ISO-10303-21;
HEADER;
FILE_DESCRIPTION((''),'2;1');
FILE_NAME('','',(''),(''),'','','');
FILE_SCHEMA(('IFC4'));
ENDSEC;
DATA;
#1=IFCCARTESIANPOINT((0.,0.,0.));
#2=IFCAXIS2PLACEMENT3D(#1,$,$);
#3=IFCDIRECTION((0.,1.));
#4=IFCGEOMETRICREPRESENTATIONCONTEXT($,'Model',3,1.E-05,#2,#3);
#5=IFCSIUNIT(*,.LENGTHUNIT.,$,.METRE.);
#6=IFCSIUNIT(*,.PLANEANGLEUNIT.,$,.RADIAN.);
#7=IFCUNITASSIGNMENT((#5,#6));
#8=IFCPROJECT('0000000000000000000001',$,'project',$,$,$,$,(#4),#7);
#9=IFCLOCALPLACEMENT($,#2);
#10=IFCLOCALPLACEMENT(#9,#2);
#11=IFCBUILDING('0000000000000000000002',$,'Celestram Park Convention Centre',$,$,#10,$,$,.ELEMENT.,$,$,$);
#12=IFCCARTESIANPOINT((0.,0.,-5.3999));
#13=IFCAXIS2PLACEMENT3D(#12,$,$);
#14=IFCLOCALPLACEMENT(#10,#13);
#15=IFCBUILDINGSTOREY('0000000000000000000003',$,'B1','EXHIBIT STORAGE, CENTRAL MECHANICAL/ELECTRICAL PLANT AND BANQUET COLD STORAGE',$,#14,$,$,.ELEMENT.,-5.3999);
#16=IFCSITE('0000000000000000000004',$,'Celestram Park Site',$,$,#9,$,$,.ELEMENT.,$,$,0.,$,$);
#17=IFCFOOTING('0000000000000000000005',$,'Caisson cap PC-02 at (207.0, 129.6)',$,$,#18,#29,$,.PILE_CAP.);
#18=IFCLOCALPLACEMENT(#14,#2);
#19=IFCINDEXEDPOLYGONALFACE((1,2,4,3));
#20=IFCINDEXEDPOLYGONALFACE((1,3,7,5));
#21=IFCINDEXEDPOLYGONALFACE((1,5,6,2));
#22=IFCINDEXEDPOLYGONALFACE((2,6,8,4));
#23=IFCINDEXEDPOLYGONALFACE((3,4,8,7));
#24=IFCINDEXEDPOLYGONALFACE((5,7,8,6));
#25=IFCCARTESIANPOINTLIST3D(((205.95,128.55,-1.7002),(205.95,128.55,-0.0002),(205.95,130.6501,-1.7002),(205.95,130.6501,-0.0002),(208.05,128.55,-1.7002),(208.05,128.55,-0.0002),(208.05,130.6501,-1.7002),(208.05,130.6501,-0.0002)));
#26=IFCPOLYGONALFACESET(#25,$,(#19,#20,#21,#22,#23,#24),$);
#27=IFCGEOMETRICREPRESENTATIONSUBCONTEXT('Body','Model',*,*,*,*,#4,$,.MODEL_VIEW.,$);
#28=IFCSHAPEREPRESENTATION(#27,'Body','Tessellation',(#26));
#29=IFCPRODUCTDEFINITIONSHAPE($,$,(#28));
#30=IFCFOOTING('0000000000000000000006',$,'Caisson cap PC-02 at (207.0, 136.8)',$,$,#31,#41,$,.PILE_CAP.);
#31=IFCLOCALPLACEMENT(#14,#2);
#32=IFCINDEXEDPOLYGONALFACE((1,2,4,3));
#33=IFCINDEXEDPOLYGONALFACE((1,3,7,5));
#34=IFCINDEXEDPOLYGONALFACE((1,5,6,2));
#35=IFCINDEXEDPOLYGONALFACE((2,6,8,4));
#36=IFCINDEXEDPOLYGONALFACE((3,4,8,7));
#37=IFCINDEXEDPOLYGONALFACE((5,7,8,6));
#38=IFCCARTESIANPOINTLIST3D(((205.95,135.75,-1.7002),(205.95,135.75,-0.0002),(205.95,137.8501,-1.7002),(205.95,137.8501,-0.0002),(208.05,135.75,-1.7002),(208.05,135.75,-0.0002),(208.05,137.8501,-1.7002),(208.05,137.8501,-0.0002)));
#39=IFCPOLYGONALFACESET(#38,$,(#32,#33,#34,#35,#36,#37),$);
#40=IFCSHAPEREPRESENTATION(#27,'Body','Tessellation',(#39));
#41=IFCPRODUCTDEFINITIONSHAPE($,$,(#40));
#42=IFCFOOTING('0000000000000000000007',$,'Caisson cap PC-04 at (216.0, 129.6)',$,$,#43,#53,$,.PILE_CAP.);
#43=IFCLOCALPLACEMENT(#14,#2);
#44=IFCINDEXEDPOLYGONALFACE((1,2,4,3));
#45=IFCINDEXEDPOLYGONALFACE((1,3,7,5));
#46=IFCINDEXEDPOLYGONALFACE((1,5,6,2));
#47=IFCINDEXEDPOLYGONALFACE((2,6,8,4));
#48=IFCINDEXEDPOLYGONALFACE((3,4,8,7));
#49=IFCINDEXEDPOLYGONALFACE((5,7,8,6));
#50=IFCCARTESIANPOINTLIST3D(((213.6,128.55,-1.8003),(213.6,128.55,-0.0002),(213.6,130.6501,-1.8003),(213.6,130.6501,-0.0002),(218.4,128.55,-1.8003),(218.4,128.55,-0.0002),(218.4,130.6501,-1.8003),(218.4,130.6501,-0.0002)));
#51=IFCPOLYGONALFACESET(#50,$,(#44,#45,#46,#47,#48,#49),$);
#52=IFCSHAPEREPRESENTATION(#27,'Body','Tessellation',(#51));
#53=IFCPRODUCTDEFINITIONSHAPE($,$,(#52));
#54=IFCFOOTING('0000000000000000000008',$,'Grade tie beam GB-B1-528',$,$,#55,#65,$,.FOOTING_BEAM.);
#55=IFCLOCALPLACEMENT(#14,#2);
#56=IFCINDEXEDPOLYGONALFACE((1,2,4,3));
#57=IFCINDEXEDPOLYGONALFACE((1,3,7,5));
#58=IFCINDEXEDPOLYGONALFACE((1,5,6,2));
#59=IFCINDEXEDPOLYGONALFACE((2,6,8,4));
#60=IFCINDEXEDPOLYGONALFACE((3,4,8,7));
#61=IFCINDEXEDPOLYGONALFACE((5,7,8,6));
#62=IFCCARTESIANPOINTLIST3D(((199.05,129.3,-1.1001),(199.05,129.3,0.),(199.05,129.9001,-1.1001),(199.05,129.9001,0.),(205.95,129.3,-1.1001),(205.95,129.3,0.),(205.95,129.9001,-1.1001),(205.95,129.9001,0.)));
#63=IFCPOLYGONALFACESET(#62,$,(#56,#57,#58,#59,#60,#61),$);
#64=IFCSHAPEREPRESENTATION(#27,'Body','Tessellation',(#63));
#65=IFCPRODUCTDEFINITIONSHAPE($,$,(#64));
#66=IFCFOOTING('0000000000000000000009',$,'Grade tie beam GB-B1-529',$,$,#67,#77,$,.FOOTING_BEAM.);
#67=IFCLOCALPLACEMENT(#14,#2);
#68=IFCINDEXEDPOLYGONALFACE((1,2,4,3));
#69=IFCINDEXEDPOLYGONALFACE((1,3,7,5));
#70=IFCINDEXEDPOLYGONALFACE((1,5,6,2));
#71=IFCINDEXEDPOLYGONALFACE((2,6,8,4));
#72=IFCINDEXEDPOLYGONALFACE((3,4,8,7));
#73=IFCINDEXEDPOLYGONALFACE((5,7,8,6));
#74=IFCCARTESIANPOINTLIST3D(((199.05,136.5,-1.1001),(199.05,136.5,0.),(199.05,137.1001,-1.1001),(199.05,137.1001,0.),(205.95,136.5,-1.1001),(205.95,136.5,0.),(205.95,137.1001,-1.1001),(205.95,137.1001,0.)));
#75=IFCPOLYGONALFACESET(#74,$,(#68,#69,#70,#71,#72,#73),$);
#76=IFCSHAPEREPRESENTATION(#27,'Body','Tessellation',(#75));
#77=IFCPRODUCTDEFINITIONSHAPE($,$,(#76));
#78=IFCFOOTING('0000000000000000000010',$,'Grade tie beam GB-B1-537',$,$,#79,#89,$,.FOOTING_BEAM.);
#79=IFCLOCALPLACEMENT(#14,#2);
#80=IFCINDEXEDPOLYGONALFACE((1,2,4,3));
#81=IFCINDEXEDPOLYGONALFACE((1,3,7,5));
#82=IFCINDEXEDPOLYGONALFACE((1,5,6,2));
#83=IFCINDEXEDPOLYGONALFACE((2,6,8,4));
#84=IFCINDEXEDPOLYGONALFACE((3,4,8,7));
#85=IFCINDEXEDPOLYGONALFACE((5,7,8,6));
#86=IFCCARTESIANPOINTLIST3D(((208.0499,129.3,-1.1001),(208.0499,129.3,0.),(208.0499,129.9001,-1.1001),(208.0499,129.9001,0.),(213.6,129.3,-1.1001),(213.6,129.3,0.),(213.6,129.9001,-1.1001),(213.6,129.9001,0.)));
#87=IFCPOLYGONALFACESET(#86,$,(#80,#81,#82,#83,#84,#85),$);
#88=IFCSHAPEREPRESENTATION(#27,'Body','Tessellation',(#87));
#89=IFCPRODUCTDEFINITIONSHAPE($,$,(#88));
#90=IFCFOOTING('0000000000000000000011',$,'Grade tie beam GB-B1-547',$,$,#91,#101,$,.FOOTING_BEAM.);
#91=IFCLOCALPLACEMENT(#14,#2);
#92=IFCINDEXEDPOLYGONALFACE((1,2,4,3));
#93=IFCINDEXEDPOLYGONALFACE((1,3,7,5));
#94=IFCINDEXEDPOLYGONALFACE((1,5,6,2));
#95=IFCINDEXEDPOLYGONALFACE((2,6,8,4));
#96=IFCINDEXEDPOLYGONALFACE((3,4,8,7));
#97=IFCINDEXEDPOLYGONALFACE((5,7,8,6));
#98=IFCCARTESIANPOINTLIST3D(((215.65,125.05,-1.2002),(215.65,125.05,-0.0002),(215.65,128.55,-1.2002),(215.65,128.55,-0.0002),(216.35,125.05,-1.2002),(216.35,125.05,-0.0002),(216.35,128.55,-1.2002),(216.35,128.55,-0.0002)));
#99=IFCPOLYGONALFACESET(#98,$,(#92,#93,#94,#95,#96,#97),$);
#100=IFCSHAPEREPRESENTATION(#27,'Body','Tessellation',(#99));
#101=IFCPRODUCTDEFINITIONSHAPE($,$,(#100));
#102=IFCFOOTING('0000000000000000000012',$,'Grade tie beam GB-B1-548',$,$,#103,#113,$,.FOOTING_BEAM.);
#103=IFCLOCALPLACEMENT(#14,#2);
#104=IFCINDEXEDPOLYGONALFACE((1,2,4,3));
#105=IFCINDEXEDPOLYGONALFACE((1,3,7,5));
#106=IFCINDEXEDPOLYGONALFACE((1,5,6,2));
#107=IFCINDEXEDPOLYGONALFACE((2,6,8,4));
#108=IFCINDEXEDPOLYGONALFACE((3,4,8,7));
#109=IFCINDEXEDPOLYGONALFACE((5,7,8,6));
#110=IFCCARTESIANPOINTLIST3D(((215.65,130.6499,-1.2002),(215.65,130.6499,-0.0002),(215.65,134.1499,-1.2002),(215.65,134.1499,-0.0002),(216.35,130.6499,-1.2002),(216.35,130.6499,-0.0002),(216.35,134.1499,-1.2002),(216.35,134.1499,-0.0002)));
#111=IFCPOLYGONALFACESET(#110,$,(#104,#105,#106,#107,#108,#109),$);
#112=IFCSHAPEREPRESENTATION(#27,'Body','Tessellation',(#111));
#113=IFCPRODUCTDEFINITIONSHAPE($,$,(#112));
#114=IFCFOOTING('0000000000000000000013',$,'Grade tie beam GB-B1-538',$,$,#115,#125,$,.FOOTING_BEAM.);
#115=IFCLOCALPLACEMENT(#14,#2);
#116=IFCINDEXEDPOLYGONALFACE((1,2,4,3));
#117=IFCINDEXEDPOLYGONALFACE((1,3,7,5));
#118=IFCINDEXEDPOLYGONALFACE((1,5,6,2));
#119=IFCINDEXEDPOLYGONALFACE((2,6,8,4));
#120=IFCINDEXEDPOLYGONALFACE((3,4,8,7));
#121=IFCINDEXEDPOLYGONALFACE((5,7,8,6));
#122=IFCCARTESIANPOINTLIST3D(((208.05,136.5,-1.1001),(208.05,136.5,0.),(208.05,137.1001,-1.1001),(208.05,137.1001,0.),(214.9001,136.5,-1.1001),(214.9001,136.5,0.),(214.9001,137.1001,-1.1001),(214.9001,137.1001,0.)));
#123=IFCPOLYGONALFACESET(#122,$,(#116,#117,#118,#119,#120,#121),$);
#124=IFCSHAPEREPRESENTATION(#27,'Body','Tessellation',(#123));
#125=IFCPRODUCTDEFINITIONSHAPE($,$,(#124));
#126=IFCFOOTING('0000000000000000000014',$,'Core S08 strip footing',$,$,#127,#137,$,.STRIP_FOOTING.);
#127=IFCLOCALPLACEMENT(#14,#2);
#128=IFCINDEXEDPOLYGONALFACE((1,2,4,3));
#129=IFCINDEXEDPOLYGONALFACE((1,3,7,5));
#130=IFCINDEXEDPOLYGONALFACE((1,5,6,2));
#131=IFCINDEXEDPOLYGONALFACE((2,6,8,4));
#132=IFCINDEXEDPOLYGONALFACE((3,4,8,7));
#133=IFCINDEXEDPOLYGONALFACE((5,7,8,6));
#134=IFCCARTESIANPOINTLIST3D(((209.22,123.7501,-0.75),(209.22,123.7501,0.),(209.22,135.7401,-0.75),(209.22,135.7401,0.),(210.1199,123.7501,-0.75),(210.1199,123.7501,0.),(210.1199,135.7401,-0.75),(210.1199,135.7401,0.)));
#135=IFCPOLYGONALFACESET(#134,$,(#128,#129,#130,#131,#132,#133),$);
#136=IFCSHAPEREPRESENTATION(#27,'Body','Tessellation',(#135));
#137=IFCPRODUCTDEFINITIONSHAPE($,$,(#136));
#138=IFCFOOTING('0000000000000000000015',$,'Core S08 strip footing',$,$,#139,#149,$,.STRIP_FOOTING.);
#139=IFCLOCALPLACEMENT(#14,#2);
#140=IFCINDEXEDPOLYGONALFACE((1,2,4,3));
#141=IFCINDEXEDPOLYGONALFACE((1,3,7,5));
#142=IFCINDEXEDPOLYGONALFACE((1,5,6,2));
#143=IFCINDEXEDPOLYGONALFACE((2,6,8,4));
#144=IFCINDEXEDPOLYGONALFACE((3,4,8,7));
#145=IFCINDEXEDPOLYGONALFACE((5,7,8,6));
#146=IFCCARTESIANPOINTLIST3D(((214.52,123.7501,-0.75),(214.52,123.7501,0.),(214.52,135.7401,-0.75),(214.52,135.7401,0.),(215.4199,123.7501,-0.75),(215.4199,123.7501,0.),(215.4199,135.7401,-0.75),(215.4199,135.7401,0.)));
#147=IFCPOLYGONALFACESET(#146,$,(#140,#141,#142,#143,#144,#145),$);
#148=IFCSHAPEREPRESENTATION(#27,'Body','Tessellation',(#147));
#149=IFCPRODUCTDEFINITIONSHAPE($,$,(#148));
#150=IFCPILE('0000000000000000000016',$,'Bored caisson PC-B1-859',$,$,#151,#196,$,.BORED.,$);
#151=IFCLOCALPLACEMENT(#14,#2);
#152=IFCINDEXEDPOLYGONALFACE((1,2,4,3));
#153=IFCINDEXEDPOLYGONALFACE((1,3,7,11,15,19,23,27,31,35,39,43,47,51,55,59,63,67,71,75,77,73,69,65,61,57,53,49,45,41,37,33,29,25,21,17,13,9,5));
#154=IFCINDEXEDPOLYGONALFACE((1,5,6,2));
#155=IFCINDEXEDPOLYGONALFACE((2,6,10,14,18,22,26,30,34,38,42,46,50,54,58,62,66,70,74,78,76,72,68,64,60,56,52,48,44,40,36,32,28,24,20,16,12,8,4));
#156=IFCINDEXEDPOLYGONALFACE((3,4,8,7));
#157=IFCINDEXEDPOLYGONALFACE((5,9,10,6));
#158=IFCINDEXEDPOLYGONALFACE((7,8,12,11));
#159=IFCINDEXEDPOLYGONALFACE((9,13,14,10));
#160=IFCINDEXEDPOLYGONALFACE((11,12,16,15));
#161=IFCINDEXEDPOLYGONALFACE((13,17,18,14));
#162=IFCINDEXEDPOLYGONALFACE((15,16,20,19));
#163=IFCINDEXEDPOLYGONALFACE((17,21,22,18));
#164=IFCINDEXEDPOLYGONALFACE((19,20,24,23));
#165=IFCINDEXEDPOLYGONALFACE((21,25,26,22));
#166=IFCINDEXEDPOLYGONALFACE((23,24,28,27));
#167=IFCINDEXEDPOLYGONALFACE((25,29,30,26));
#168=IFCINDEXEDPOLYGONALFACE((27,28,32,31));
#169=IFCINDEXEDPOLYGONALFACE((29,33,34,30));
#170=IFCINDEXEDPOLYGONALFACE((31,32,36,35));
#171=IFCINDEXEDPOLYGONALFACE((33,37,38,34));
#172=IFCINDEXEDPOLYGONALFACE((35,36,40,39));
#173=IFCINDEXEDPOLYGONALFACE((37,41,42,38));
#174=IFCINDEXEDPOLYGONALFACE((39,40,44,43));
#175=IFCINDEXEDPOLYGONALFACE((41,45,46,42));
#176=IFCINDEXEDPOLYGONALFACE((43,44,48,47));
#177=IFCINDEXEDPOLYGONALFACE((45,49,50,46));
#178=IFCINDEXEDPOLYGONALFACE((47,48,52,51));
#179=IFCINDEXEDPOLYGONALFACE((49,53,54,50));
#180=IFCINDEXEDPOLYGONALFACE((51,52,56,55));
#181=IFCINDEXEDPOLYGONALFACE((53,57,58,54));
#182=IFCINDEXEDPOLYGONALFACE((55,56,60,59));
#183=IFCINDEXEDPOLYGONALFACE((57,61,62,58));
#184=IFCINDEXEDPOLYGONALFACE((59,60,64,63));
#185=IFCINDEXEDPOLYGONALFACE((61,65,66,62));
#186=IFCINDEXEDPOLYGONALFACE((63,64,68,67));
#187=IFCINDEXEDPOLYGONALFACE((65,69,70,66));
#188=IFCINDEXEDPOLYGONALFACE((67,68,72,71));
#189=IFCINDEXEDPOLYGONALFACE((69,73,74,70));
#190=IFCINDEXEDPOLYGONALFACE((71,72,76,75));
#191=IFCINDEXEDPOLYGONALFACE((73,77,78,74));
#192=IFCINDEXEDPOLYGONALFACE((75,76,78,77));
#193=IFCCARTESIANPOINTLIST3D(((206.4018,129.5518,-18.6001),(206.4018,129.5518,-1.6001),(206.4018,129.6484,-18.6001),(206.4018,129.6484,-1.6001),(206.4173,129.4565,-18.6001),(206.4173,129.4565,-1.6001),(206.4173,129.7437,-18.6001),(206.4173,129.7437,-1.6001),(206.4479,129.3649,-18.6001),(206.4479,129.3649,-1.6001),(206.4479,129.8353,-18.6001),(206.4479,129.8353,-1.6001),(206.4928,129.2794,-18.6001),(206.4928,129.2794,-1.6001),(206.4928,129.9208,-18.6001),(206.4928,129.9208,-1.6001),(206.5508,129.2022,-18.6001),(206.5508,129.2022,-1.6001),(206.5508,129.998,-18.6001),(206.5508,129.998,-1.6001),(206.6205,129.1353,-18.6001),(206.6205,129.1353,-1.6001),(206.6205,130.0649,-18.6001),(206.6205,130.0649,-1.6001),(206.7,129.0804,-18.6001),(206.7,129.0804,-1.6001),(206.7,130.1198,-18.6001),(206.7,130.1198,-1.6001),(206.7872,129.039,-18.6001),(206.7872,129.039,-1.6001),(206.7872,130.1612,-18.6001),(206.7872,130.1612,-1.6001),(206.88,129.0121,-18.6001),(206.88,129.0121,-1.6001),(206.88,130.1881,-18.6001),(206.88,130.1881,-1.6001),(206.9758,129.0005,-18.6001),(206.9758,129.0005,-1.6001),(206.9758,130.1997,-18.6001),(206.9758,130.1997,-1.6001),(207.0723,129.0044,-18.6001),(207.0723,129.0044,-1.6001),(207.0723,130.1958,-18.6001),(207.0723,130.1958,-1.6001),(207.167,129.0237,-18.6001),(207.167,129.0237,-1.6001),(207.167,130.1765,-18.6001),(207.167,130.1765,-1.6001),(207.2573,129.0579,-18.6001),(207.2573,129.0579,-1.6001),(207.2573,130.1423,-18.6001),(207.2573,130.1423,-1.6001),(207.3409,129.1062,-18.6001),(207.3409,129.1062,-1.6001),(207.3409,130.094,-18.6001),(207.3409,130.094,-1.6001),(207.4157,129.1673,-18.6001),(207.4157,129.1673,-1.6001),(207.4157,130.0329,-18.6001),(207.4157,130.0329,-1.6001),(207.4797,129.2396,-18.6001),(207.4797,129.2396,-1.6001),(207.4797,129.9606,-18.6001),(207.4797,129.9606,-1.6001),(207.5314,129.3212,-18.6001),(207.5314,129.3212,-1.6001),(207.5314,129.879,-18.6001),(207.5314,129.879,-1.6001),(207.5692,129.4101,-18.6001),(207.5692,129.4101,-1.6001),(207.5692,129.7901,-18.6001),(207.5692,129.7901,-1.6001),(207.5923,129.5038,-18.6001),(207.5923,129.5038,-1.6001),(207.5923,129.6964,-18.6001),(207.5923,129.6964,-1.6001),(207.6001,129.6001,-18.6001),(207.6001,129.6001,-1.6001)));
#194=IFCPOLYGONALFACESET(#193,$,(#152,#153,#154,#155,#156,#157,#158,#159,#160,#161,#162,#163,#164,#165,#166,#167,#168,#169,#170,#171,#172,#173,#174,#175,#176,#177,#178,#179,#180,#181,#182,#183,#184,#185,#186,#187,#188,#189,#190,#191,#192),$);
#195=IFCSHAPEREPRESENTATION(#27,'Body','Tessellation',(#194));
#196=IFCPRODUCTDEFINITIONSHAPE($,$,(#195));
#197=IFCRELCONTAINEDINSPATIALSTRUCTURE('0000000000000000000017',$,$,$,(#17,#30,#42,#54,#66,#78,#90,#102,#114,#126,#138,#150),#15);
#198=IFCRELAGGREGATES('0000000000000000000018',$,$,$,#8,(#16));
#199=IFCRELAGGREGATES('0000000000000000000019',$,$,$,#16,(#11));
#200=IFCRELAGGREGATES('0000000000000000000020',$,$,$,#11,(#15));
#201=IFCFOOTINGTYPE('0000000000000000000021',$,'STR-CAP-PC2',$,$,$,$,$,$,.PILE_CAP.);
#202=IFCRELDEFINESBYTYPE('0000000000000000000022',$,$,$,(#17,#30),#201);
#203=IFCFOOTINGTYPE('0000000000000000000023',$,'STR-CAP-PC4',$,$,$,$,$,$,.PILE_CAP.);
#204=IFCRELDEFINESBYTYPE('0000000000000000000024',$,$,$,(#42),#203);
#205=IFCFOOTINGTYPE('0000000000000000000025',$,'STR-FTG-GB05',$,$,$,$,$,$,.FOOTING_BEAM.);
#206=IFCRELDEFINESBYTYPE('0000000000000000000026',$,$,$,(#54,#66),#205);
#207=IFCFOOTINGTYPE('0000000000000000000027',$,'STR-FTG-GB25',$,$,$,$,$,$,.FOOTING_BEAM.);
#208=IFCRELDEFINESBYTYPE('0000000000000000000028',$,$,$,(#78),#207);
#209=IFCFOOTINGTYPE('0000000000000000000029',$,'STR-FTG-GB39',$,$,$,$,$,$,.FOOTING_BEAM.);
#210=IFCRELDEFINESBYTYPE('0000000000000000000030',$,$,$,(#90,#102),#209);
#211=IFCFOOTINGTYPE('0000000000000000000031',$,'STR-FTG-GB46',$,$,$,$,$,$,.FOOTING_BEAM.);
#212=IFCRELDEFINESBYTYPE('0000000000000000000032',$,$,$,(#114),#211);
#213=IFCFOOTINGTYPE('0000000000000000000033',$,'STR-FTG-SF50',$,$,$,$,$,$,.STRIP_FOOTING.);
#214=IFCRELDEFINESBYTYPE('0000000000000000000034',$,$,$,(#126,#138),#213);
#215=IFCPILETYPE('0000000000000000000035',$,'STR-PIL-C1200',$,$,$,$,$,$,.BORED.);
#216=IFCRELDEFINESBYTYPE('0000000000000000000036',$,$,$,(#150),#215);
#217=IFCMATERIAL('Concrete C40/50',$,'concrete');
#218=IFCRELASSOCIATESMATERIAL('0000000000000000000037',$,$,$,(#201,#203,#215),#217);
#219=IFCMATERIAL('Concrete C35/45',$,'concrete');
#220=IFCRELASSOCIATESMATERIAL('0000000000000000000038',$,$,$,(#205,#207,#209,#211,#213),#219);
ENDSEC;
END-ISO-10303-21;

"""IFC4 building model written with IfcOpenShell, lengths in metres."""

from ifc_helpers import new_model, si_unit, direction, frame, origin, origin_2d, place, context, subcontext, project, spatial, rectangle, circle, extrude, material, material_profile, profile_set, type_object, element, save


model = new_model("IFC4")

# Units and contexts
model_context = context("Model", 3, precision=1e-05, world=origin(), true_north=direction((0.0, 1.0)))
body_context = subcontext(model_context, "Body", "Model", "MODEL_VIEW")
ifc_project = project(units=[si_unit("LENGTHUNIT", "METRE"), si_unit("PLANEANGLEUNIT", "RADIAN")], contexts=[model_context])

# Site, building, storey
site_placement = place(None, origin())
site = spatial("IfcSite", under=ifc_project, at=site_placement, Name="Celestram Park Site", CompositionType="ELEMENT", RefElevation=0.0)
building_placement = place(site_placement, origin())
building = spatial("IfcBuilding", under=site, at=building_placement, Name="Celestram Park Convention Centre", CompositionType="ELEMENT")
storey_placement = place(building_placement, frame((0.0, 0.0, -5.3999)))
storey = spatial("IfcBuildingStorey", under=building, at=storey_placement, Name="B1", Description="EXHIBIT STORAGE, CENTRAL MECHANICAL/ELECTRICAL PLANT AND BANQUET COLD STORAGE", CompositionType="ELEMENT", Elevation=-5.3999)

# Footings
ifc_material_1 = material(Name="Concrete C40/50", Category="concrete")
footing_type_1 = type_object("IfcFootingType", Name="STR-CAP-PC2", PredefinedType="PILE_CAP", material=ifc_material_1)
for number, where, z_axis, x_axis, name in (
    (1, (207.0, 129.6001, -1.7002), (0.0, 0.0, 1.0), (1.0, 0.0, 0.0), "Caisson cap PC-02 at (207.0, 129.6)"),
    (2, (207.0, 136.8, -1.7002), (0.0, 0.0, 1.0), (1.0, 0.0, 0.0), "Caisson cap PC-02 at (207.0, 136.8)"),
):
    element("IfcFooting", number, at=place(storey_placement, frame(where, z_axis=z_axis, x_axis=x_axis)), inside=storey, type_object=footing_type_1, Name=name, PredefinedType="PILE_CAP", context=body_context, shape_type="SweptSolid", body=[
        extrude(rectangle(XDim=2.1001, YDim=2.1001, at=origin_2d()), origin(), (0.0, 0.0, 1.0), 1.7),
    ])
footing_type_2 = type_object("IfcFootingType", Name="STR-CAP-PC4", PredefinedType="PILE_CAP", material=ifc_material_1)
footing_1_placement = place(storey_placement, frame((216.0, 129.6001, -1.8003), z_axis=(0.0, 0.0, 1.0), x_axis=(1.0, 0.0, 0.0)))
element("IfcFooting", 3, at=footing_1_placement, inside=storey, type_object=footing_type_2, Name="Caisson cap PC-04 at (216.0, 129.6)", PredefinedType="PILE_CAP", context=body_context, shape_type="SweptSolid", body=[
    extrude(rectangle(XDim=4.8, YDim=2.1001, at=origin_2d()), origin(), (0.0, 0.0, 1.0), 1.8),
])
ifc_material_2 = material(Name="Concrete C35/45", Category="concrete")
footing_type_3 = type_object("IfcFootingType", Name="STR-FTG-GB05", PredefinedType="FOOTING_BEAM", material=ifc_material_2)
for number, where, z_axis, x_axis, name in (
    (4, (202.5, 129.6001, -1.1001), (0.0, 0.0, 1.0), (1.0, 0.0, 0.0), "Grade tie beam GB-B1-528"),
    (5, (202.5, 136.8, -1.1001), (0.0, 0.0, 1.0), (1.0, 0.0, 0.0), "Grade tie beam GB-B1-529"),
):
    element("IfcFooting", number, at=place(storey_placement, frame(where, z_axis=z_axis, x_axis=x_axis)), inside=storey, type_object=footing_type_3, Name=name, PredefinedType="FOOTING_BEAM", context=body_context, shape_type="SweptSolid", body=[
        extrude(rectangle(XDim=6.8999, YDim=0.6001, at=origin_2d()), origin(), (0.0, 0.0, 1.0), 1.1001),
    ])
footing_type_4 = type_object("IfcFootingType", Name="STR-FTG-GB25", PredefinedType="FOOTING_BEAM", material=ifc_material_2)
footing_2_placement = place(storey_placement, frame((210.825, 129.6001, -1.1001), z_axis=(0.0, 0.0, 1.0), x_axis=(1.0, 0.0, 0.0)))
element("IfcFooting", 6, at=footing_2_placement, inside=storey, type_object=footing_type_4, Name="Grade tie beam GB-B1-537", PredefinedType="FOOTING_BEAM", context=body_context, shape_type="SweptSolid", body=[
    extrude(rectangle(XDim=5.55, YDim=0.6001, at=origin_2d()), origin(), (0.0, 0.0, 1.0), 1.1001),
])
footing_type_5 = type_object("IfcFootingType", Name="STR-FTG-GB39", PredefinedType="FOOTING_BEAM", material=ifc_material_2)
for number, where, z_axis, x_axis, name in (
    (7, (216.0, 126.8, -1.2002), (0.0, 0.0, 1.0), (0.0, 1.0, 0.0), "Grade tie beam GB-B1-547"),
    (8, (216.0, 132.3999, -1.2002), (0.0, 0.0, 1.0), (0.0, 1.0, 0.0), "Grade tie beam GB-B1-548"),
):
    element("IfcFooting", number, at=place(storey_placement, frame(where, z_axis=z_axis, x_axis=x_axis)), inside=storey, type_object=footing_type_5, Name=name, PredefinedType="FOOTING_BEAM", context=body_context, shape_type="SweptSolid", body=[
        extrude(rectangle(XDim=3.5, YDim=0.7, at=origin_2d()), origin(), (0.0, 0.0, 1.0), 1.2),
    ])
footing_type_6 = type_object("IfcFootingType", Name="STR-FTG-GB46", PredefinedType="FOOTING_BEAM", material=ifc_material_2)
footing_3_placement = place(storey_placement, frame((211.4751, 136.8, -1.1001), z_axis=(0.0, 0.0, 1.0), x_axis=(1.0, 0.0, 0.0)))
element("IfcFooting", 9, at=footing_3_placement, inside=storey, type_object=footing_type_6, Name="Grade tie beam GB-B1-538", PredefinedType="FOOTING_BEAM", context=body_context, shape_type="SweptSolid", body=[
    extrude(rectangle(XDim=6.8501, YDim=0.6001, at=origin_2d()), origin(), (0.0, 0.0, 1.0), 1.1001),
])
footing_type_7 = type_object("IfcFootingType", Name="STR-FTG-SF50", PredefinedType="STRIP_FOOTING", material=ifc_material_2)
for number, where, z_axis, x_axis, name in (
    (10, (209.6699, 129.7451, -0.75), (0.0, 0.0, 1.0), (0.0, 1.0, 0.0), "Core S08 strip footing"),
    (11, (214.97, 129.7451, -0.75), (0.0, 0.0, 1.0), (0.0, 1.0, 0.0), "Core S08 strip footing"),
):
    element("IfcFooting", number, at=place(storey_placement, frame(where, z_axis=z_axis, x_axis=x_axis)), inside=storey, type_object=footing_type_7, Name=name, PredefinedType="STRIP_FOOTING", context=body_context, shape_type="SweptSolid", body=[
        extrude(rectangle(XDim=11.99, YDim=0.8999, at=origin_2d()), origin(), (0.0, 0.0, 1.0), 0.75),
    ])

# Pile
ifc_material_profile_1 = material_profile(ifc_material_1, circle(Radius=0.6001, at=origin_2d()), Name="CAISSON1200")
ifc_profile_set_1 = profile_set([ifc_material_profile_1], Name="Concrete C40/50")
pile_type_1 = type_object("IfcPileType", Name="STR-PIL-C1200", PredefinedType="BORED", material=ifc_profile_set_1)
for number, where, z_axis, x_axis, name in (
    (12, (207.0, 129.6001, -1.6001), (0.0, 0.0, -1.0), (1.0, 0.0, 0.0), "Bored caisson PC-B1-859"),
):
    element("IfcPile", number, at=place(storey_placement, frame(where, z_axis=z_axis, x_axis=x_axis)), inside=storey, type_object=pile_type_1, Name=name, PredefinedType="BORED", context=body_context, shape_type="SweptSolid", body=[
        extrude(circle(Radius=0.6001, at=origin_2d()), origin(), (0.0, 0.0, 1.0), 17.0),
    ])

save(model, "model.ifc")
